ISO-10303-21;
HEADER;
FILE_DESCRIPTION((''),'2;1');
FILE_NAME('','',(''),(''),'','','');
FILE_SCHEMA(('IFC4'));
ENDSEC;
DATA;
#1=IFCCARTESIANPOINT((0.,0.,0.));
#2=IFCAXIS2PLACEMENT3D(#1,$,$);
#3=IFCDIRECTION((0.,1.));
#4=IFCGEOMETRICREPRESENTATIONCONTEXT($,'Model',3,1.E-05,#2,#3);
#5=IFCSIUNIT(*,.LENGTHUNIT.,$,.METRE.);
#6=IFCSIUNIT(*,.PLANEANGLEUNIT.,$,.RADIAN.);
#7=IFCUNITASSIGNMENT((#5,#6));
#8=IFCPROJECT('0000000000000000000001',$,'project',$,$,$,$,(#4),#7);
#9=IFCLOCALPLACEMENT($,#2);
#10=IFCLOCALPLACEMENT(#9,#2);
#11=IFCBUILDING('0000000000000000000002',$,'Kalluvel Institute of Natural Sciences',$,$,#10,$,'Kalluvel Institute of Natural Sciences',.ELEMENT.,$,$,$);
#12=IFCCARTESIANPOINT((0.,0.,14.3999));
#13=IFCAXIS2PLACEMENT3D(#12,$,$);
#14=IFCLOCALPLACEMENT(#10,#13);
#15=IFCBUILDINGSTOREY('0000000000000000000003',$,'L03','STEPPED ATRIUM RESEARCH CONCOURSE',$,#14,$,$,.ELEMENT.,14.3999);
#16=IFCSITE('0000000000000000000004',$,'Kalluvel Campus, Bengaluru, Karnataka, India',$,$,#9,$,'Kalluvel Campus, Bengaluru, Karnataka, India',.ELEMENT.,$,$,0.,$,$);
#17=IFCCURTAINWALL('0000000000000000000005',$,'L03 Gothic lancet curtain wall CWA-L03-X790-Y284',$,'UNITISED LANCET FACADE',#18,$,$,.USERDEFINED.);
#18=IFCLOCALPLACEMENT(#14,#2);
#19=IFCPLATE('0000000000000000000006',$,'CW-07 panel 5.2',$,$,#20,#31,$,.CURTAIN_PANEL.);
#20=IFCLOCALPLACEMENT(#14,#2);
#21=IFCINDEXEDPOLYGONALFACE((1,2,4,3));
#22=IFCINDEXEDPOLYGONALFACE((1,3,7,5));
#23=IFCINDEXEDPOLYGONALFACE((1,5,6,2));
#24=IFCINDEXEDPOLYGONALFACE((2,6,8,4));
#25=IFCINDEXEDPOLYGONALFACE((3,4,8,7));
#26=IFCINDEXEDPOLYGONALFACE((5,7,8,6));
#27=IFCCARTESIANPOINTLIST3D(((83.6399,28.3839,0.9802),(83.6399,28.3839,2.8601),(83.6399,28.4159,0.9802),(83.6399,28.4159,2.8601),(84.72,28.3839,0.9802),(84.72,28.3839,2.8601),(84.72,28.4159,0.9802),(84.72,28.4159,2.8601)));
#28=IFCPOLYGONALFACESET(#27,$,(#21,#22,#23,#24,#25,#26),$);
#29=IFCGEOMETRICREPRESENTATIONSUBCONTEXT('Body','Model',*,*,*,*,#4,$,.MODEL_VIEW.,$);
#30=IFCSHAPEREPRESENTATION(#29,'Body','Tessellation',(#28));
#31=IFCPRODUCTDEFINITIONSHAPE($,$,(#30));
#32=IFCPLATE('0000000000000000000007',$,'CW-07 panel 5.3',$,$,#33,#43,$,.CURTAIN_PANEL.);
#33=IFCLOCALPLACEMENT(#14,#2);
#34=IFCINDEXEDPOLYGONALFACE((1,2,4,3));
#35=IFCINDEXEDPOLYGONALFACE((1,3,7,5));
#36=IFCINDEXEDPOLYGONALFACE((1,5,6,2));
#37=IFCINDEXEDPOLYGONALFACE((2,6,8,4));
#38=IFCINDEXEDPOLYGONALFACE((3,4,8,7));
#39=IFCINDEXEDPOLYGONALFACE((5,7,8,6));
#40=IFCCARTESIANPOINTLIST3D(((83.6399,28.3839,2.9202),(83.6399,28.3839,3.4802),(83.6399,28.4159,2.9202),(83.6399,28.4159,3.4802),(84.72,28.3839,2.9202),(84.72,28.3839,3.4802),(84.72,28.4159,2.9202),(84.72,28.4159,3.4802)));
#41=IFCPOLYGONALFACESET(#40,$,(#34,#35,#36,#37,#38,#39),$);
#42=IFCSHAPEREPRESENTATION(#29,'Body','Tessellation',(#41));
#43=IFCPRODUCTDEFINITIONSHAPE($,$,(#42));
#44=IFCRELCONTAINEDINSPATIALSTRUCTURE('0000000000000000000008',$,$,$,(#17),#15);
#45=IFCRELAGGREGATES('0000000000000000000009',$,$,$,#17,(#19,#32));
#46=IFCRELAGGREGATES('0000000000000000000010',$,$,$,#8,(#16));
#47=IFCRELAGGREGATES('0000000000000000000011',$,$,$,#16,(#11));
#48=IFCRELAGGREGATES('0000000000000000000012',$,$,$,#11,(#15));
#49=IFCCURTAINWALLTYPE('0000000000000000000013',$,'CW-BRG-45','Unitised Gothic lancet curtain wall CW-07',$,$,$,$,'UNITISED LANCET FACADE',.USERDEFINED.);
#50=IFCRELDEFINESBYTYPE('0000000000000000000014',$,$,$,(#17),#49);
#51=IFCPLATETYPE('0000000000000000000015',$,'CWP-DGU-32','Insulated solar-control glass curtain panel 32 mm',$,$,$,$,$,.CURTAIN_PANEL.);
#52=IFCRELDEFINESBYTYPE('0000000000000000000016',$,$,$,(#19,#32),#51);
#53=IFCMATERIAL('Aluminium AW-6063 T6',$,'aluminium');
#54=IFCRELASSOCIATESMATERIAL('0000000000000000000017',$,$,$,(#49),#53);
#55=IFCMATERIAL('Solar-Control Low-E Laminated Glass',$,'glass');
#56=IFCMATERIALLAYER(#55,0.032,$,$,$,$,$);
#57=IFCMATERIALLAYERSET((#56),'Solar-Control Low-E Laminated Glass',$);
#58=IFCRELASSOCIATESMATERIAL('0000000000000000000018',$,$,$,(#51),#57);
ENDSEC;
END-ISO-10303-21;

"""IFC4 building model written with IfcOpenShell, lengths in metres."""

from ifc_helpers import new_model, si_unit, direction, frame, origin, origin_2d, place, context, subcontext, project, spatial, rectangle, extrude, material, layer, layer_set, type_object, element, aggregate, save


model = new_model("IFC4")

# Units and contexts
model_context = context("Model", 3, precision=1e-05, world=origin(), true_north=direction((0.0, 1.0)))
body_context = subcontext(model_context, "Body", "Model", "MODEL_VIEW")
ifc_project = project(units=[si_unit("LENGTHUNIT", "METRE"), si_unit("PLANEANGLEUNIT", "RADIAN")], contexts=[model_context])

# Site, building, storey
site_placement = place(None, origin())
site = spatial("IfcSite", under=ifc_project, at=site_placement, Name="Kalluvel Campus, Bengaluru, Karnataka, India", LongName="Kalluvel Campus, Bengaluru, Karnataka, India", CompositionType="ELEMENT", RefElevation=0.0)
building_placement = place(site_placement, origin())
building = spatial("IfcBuilding", under=site, at=building_placement, Name="Kalluvel Institute of Natural Sciences", LongName="Kalluvel Institute of Natural Sciences", CompositionType="ELEMENT")
storey_placement = place(building_placement, frame((0.0, 0.0, 14.3999)))
storey = spatial("IfcBuildingStorey", under=building, at=storey_placement, Name="L03", Description="STEPPED ATRIUM RESEARCH CONCOURSE", CompositionType="ELEMENT", Elevation=14.3999)

# Curtain wall, plates
ifc_material_1 = material(Name="Aluminium AW-6063 T6", Category="aluminium")
curtain_wall_type = type_object("IfcCurtainWallType", Name="CW-BRG-45", Description="Unitised Gothic lancet curtain wall CW-07", ElementType="UNITISED LANCET FACADE", PredefinedType="USERDEFINED", material=ifc_material_1)
curtain_wall_placement = place(storey_placement, origin())
curtain_wall = element("IfcCurtainWall", 1, at=curtain_wall_placement, inside=storey, type_object=curtain_wall_type, Name="L03 Gothic lancet curtain wall CWA-L03-X790-Y284", ObjectType="UNITISED LANCET FACADE", PredefinedType="USERDEFINED")
ifc_material_2 = material(Name="Solar-Control Low-E Laminated Glass", Category="glass")
ifc_layer = layer(ifc_material_2, 0.032)
ifc_layer_set = layer_set([ifc_layer], Name="Solar-Control Low-E Laminated Glass")
plate_type = type_object("IfcPlateType", Name="CWP-DGU-32", Description="Insulated solar-control glass curtain panel 32 mm", PredefinedType="CURTAIN_PANEL", material=ifc_layer_set)
plate_1_placement = place(storey_placement, frame((84.1799, 28.3999, 0.9802), z_axis=(0.0, 0.0, 1.0), x_axis=(1.0, 0.0, 0.0)))
plate_1 = element("IfcPlate", 2, at=plate_1_placement, type_object=plate_type, Name="CW-07 panel 5.2", PredefinedType="CURTAIN_PANEL", context=body_context, shape_type="SweptSolid", body=[
    extrude(rectangle(XDim=1.0801, YDim=0.032, at=origin_2d()), origin(), (0.0, 0.0, 1.0), 1.8799),
])
plate_2_placement = place(storey_placement, frame((84.1799, 28.3999, 2.9202), z_axis=(0.0, 0.0, 1.0), x_axis=(1.0, 0.0, 0.0)))
plate_2 = element("IfcPlate", 3, at=plate_2_placement, type_object=plate_type, Name="CW-07 panel 5.3", PredefinedType="CURTAIN_PANEL", context=body_context, shape_type="SweptSolid", body=[
    extrude(rectangle(XDim=1.0801, YDim=0.032, at=origin_2d()), origin(), (0.0, 0.0, 1.0), 0.5601),
])
aggregate(curtain_wall, [plate_1, plate_2])

save(model, "model.ifc")
